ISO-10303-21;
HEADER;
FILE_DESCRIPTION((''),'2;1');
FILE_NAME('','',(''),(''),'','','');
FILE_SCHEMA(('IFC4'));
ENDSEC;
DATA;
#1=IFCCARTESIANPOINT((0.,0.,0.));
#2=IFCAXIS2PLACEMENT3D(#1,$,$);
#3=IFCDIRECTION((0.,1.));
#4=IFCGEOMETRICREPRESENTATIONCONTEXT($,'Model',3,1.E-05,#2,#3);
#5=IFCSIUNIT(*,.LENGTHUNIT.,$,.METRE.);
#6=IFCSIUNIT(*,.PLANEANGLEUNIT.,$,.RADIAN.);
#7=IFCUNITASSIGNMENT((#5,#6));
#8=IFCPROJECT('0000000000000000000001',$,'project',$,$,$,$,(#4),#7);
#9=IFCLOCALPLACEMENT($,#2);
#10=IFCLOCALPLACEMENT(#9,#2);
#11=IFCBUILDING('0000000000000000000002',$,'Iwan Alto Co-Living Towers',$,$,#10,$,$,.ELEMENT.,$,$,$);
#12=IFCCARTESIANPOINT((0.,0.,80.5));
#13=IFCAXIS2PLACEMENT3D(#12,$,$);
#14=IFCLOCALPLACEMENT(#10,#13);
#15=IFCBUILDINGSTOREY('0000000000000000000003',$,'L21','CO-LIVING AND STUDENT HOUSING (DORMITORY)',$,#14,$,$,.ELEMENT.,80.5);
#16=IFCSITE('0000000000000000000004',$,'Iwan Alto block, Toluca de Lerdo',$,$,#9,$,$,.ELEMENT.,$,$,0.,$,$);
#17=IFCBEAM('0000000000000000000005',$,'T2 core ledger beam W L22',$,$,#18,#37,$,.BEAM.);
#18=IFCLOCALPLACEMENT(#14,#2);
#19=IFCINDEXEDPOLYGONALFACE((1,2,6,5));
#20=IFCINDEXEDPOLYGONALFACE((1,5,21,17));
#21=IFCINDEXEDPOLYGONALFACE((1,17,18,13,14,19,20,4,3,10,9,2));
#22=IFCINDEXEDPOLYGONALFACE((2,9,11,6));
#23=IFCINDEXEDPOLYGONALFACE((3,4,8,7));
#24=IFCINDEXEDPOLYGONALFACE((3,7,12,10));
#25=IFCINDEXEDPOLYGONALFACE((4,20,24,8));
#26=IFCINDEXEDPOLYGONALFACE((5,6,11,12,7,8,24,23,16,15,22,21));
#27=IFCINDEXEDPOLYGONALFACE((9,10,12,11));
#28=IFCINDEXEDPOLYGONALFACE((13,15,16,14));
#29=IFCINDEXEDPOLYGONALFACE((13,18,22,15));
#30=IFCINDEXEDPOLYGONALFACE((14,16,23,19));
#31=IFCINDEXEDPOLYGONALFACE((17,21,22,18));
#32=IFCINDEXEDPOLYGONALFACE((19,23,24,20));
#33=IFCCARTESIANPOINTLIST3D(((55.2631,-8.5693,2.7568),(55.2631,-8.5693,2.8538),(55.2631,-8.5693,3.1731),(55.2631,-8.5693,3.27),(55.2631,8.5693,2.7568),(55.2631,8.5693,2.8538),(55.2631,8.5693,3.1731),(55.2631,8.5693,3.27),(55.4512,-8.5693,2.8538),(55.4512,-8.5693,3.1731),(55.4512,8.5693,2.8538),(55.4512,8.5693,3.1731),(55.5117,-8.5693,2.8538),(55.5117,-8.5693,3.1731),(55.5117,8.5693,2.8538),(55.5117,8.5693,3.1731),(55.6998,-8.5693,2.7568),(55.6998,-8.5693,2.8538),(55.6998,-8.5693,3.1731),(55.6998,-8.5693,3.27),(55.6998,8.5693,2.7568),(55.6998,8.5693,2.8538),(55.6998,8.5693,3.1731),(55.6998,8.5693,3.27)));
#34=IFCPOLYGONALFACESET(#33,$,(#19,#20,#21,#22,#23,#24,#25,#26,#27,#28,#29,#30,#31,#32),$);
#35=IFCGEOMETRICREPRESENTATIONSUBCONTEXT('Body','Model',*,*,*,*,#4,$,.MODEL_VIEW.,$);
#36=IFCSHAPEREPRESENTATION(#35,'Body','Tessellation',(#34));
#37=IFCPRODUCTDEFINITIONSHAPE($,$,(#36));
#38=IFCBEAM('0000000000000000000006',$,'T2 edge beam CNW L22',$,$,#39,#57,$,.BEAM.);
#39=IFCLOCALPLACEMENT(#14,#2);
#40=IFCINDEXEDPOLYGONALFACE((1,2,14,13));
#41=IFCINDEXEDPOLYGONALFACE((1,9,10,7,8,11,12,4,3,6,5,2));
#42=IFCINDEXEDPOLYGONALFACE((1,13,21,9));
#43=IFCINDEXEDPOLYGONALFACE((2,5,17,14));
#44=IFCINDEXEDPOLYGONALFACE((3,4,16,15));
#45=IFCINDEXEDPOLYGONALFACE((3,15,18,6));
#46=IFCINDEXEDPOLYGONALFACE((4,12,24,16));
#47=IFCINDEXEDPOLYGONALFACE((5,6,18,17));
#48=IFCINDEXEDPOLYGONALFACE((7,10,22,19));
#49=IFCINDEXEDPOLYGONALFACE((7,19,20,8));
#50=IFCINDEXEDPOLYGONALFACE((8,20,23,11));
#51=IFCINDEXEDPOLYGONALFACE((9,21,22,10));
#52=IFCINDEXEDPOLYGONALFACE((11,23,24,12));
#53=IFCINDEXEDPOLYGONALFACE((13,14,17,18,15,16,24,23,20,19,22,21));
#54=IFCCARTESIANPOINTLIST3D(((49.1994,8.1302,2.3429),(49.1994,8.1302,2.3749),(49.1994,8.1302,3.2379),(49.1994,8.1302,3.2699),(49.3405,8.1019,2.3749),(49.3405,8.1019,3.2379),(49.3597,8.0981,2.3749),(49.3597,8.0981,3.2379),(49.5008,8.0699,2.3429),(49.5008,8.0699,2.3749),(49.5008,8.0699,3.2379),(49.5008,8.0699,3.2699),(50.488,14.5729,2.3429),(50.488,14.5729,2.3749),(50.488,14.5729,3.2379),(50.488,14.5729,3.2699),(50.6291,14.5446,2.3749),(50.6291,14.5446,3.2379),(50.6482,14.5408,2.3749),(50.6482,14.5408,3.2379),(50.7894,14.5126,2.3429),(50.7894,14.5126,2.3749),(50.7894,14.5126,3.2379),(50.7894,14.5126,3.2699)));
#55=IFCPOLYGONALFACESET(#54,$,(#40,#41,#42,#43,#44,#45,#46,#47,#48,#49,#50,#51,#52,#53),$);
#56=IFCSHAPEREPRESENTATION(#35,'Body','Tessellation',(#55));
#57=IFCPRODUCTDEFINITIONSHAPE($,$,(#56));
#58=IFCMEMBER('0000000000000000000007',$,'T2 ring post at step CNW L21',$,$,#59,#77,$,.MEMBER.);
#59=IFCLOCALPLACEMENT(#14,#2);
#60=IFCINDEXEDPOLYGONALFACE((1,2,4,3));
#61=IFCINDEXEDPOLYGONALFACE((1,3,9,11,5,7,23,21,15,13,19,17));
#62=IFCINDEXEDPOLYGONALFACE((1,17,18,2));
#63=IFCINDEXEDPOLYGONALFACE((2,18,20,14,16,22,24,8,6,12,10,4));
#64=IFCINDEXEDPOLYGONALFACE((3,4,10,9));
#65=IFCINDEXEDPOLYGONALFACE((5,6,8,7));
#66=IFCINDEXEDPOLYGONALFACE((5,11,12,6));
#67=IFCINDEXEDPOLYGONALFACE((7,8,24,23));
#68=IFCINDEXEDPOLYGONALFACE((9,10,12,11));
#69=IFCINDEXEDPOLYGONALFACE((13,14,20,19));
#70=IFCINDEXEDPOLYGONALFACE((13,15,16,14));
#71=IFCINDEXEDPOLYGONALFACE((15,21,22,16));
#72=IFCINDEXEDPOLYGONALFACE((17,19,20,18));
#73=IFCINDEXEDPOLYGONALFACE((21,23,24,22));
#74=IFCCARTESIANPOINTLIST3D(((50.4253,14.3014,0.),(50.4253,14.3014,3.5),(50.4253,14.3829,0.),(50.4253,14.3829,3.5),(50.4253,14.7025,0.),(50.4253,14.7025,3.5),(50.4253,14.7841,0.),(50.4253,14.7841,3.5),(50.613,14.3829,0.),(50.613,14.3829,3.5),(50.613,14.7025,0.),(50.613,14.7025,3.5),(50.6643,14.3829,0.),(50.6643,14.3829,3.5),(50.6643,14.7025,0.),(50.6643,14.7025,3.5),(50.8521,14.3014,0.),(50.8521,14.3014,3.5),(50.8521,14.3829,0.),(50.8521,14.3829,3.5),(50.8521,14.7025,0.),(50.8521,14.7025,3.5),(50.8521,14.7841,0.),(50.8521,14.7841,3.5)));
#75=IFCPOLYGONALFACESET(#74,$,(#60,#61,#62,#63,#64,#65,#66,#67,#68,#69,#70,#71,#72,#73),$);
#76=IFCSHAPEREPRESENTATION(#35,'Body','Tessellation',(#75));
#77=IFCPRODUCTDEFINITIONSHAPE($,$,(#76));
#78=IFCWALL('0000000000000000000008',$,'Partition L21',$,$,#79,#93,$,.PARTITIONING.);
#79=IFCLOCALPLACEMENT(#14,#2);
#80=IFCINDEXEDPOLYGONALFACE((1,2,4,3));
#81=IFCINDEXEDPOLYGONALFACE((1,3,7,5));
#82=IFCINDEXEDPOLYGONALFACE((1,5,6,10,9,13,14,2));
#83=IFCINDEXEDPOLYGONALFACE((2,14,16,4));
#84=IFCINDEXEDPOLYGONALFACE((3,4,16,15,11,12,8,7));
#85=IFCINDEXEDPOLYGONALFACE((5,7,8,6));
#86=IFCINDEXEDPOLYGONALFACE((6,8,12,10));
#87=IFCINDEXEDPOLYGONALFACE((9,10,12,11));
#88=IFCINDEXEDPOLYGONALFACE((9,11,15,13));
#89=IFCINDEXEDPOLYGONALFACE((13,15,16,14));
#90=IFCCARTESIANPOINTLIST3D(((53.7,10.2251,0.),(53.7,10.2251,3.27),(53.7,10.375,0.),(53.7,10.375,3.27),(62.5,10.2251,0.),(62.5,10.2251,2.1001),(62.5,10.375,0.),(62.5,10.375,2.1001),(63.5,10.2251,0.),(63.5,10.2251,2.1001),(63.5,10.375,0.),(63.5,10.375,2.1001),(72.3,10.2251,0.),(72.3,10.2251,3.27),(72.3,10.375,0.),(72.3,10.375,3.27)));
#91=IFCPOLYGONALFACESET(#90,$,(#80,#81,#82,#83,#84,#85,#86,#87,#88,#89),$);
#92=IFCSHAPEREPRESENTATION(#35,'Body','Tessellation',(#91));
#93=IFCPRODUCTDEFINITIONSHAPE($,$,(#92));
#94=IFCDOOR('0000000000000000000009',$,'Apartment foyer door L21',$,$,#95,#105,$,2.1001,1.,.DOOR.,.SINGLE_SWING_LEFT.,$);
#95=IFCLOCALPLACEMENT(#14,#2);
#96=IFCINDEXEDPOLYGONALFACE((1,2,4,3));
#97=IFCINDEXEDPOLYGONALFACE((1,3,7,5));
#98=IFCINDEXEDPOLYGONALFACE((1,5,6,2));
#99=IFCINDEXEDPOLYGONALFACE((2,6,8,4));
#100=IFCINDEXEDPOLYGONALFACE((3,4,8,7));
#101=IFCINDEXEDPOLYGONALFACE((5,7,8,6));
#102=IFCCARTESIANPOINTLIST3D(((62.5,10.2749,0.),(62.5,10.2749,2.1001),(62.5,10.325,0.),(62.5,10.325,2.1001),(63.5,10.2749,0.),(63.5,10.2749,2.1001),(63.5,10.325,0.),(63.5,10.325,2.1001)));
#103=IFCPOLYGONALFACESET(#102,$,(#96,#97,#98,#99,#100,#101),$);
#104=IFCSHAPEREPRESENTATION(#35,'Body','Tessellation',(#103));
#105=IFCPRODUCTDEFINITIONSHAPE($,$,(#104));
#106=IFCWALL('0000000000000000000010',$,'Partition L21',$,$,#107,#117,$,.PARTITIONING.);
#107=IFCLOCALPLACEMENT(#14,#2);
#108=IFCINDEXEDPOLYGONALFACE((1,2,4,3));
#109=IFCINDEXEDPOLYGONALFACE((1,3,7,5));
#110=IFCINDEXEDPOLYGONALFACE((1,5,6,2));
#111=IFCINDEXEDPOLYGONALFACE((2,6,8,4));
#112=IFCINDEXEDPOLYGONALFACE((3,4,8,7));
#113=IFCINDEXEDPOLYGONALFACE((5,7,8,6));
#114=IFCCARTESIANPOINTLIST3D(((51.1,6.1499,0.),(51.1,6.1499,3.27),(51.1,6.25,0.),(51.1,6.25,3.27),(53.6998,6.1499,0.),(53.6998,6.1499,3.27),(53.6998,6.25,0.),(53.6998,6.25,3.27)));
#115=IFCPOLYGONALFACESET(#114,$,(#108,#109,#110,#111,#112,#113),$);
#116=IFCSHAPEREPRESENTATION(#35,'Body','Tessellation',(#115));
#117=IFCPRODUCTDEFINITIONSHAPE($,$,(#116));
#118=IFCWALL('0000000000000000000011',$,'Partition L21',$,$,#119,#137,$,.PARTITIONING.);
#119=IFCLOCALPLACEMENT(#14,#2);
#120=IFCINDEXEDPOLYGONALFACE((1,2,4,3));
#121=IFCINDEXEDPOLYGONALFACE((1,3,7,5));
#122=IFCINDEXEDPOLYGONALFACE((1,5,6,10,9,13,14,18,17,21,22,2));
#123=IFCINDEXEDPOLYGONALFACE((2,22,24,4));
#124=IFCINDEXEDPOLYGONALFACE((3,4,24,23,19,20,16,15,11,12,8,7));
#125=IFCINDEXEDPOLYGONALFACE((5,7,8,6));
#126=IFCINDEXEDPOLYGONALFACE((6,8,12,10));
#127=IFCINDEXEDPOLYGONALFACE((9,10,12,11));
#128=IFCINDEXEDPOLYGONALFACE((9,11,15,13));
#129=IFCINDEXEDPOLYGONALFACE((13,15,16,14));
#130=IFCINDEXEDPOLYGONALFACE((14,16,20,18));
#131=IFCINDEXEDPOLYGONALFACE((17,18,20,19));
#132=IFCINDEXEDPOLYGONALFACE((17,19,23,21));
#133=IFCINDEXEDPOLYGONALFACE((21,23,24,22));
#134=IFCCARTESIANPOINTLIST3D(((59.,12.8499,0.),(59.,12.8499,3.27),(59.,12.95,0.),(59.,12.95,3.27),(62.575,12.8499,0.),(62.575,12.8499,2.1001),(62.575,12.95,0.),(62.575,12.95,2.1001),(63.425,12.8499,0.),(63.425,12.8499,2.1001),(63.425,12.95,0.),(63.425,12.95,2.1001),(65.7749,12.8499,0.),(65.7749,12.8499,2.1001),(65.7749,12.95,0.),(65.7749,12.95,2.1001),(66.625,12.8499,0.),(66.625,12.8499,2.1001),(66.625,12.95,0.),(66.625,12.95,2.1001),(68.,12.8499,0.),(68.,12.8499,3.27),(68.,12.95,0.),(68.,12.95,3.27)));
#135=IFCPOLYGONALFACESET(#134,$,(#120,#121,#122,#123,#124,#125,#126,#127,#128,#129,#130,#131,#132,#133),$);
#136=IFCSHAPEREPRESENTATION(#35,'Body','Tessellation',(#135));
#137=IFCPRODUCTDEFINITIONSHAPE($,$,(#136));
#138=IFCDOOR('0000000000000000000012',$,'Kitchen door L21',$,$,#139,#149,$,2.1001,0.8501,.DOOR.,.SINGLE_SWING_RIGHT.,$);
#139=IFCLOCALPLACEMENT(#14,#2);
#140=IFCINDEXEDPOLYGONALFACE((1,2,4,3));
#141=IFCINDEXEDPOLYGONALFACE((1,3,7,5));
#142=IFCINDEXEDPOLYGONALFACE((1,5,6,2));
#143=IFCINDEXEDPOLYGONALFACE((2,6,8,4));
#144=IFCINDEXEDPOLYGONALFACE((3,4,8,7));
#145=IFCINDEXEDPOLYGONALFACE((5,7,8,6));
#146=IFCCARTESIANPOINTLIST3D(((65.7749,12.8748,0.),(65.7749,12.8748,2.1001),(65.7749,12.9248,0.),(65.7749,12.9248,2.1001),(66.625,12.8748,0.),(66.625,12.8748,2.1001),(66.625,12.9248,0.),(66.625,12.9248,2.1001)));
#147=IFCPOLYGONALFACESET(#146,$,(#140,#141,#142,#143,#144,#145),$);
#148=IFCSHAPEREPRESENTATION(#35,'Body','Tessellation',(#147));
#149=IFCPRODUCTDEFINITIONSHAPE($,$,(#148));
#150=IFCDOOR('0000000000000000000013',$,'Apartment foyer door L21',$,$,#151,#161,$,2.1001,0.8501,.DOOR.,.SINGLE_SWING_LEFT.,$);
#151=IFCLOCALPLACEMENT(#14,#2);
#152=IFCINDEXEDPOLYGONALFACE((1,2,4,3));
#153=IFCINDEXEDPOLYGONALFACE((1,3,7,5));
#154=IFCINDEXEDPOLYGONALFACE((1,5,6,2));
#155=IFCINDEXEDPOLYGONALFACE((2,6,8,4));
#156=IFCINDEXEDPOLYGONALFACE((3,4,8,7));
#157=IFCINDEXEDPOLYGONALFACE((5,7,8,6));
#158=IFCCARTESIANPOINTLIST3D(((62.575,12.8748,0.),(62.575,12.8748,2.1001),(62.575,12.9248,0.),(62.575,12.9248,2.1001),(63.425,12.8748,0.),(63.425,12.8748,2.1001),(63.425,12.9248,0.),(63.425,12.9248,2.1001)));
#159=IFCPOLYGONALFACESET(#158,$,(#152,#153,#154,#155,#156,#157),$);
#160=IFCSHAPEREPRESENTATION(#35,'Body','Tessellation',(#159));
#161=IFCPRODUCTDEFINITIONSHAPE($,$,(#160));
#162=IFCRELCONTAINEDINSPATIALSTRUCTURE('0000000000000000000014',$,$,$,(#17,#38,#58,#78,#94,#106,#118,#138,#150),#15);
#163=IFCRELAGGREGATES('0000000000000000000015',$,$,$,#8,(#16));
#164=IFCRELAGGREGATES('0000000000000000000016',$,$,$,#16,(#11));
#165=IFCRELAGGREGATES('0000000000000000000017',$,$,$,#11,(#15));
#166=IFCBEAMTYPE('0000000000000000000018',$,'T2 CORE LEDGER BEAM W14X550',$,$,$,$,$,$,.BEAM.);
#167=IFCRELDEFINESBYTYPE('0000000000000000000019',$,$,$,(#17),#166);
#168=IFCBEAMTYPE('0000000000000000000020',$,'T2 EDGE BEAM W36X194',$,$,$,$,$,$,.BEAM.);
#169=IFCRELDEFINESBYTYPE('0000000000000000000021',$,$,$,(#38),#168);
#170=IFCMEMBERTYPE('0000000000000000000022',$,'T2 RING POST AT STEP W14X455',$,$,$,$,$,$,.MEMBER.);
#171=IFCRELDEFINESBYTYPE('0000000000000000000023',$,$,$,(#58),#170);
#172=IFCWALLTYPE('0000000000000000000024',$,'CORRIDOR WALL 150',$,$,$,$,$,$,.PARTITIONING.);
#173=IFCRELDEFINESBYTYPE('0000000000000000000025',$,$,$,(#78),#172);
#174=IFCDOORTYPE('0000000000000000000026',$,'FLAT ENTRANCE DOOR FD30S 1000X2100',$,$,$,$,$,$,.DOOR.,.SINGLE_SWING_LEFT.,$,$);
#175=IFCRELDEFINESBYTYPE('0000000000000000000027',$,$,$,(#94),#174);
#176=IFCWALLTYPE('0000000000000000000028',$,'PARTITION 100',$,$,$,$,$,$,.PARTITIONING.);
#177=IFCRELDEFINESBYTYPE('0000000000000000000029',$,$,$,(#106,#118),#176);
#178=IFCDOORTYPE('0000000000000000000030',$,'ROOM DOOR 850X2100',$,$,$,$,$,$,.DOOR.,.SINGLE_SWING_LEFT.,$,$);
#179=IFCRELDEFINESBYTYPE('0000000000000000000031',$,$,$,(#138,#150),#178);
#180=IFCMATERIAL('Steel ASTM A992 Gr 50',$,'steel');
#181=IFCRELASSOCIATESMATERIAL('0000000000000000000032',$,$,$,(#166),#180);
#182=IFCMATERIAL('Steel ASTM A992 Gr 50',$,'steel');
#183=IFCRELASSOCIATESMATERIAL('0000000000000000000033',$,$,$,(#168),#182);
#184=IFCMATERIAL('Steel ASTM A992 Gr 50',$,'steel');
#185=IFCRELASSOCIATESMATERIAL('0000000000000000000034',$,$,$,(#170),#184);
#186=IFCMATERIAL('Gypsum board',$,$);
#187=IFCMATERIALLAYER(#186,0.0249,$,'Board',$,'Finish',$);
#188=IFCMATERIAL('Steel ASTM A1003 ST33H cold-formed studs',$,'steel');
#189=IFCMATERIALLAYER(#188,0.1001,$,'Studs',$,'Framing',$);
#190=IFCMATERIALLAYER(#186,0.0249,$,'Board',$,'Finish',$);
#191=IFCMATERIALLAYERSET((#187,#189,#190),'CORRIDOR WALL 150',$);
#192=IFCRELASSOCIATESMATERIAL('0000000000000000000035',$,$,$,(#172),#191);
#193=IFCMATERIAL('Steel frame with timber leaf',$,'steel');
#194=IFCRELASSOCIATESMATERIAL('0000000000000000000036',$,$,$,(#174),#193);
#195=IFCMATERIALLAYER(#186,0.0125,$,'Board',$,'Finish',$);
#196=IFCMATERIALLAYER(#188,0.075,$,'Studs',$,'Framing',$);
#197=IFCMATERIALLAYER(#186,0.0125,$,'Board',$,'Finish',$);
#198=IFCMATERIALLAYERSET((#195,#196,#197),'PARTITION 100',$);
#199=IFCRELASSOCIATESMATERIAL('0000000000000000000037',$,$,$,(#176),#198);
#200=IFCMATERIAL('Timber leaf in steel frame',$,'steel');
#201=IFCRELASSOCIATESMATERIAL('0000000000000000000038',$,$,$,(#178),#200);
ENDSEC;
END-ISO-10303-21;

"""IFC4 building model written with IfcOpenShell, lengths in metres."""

from ifc_helpers import new_model, si_unit, direction, frame, frame_2d, origin, origin_2d, place, context, subcontext, project, spatial, rectangle, i_section, extrude, material, layer, layer_set, material_profile, profile_set, type_object, element, fill, save


model = new_model("IFC4")

# Units and contexts
model_context = context("Model", 3, precision=1e-05, world=origin(), true_north=direction((0.0, 1.0)))
body_context = subcontext(model_context, "Body", "Model", "MODEL_VIEW")
ifc_project = project(units=[si_unit("LENGTHUNIT", "METRE"), si_unit("PLANEANGLEUNIT", "RADIAN")], contexts=[model_context])

# Site, building, storey
site_placement = place(None, origin())
site = spatial("IfcSite", under=ifc_project, at=site_placement, Name="Iwan Alto block, Toluca de Lerdo", CompositionType="ELEMENT", RefElevation=0.0)
building_placement = place(site_placement, origin())
building = spatial("IfcBuilding", under=site, at=building_placement, Name="Iwan Alto Co-Living Towers", CompositionType="ELEMENT")
storey_placement = place(building_placement, frame((0.0, 0.0, 80.5)))
storey = spatial("IfcBuildingStorey", under=building, at=storey_placement, Name="L21", Description="CO-LIVING AND STUDENT HOUSING (DORMITORY)", CompositionType="ELEMENT", Elevation=80.5)

# Beams
ifc_material_1 = material(Name="Steel ASTM A992 Gr 50", Category="steel")
ifc_material_profile_1 = material_profile(ifc_material_1, i_section(OverallWidth=0.4368, OverallDepth=0.5132, WebThickness=0.0605, FlangeThickness=0.0969, at=origin_2d()), Name="W14X550")
ifc_profile_set_1 = profile_set([ifc_material_profile_1], Name="Steel ASTM A992 Gr 50")
beam_type_1 = type_object("IfcBeamType", Name="T2 CORE LEDGER BEAM W14X550", PredefinedType="BEAM", material=ifc_profile_set_1)
beam_1_placement = place(storey_placement, frame((55.4814, 8.5693, 3.0134), z_axis=(0.0, -1.0, 0.0), x_axis=(1.0, 0.0, 0.0)))
element("IfcBeam", 1, at=beam_1_placement, inside=storey, type_object=beam_type_1, Name="T2 core ledger beam W L22", PredefinedType="BEAM", context=body_context, shape_type="SweptSolid", body=[
    extrude(i_section(OverallWidth=0.4368, OverallDepth=0.5132, WebThickness=0.0605, FlangeThickness=0.0969, at=origin_2d()), origin(), (0.0, 0.0, 1.0), 17.1387),
])
ifc_material_2 = material(Name="Steel ASTM A992 Gr 50", Category="steel")
ifc_material_profile_2 = material_profile(ifc_material_2, i_section(OverallWidth=0.3074, OverallDepth=0.927, WebThickness=0.0195, FlangeThickness=0.032, at=origin_2d()), Name="W36X194")
ifc_profile_set_2 = profile_set([ifc_material_profile_2], Name="Steel ASTM A992 Gr 50")
beam_type_2 = type_object("IfcBeamType", Name="T2 EDGE BEAM W36X194", PredefinedType="BEAM", material=ifc_profile_set_2)
beam_2_placement = place(storey_placement, frame((50.6387, 14.5427, 2.8064), z_axis=(-0.196123, -0.980579, 0.0), x_axis=(0.980579, -0.196123, 0.0)))
element("IfcBeam", 2, at=beam_2_placement, inside=storey, type_object=beam_type_2, Name="T2 edge beam CNW L22", PredefinedType="BEAM", context=body_context, shape_type="SweptSolid", body=[
    extrude(i_section(OverallWidth=0.3074, OverallDepth=0.927, WebThickness=0.0195, FlangeThickness=0.032, at=origin_2d()), origin(), (0.0, 0.0, 1.0), 6.5703),
])

# Member
ifc_material_3 = material(Name="Steel ASTM A992 Gr 50", Category="steel")
ifc_material_profile_3 = material_profile(ifc_material_3, i_section(OverallWidth=0.4268, OverallDepth=0.4827, WebThickness=0.0513, FlangeThickness=0.0815, at=origin_2d()), Name="W14X455")
ifc_profile_set_3 = profile_set([ifc_material_profile_3], Name="Steel ASTM A992 Gr 50")
member_type = type_object("IfcMemberType", Name="T2 RING POST AT STEP W14X455", PredefinedType="MEMBER", material=ifc_profile_set_3)
member_placement = place(storey_placement, frame((50.6387, 14.5427, 0.0), z_axis=(0.0, 0.0, 1.0), x_axis=(1.0, 0.0, 0.0)))
element("IfcMember", 3, at=member_placement, inside=storey, type_object=member_type, Name="T2 ring post at step CNW L21", PredefinedType="MEMBER", context=body_context, shape_type="SweptSolid", body=[
    extrude(i_section(OverallWidth=0.4268, OverallDepth=0.4827, WebThickness=0.0513, FlangeThickness=0.0815, at=origin_2d()), origin(), (0.0, 0.0, 1.0), 3.5),
])

# Wall, opening, door
ifc_material_4 = material(Name="Gypsum board")
ifc_layer_1 = layer(ifc_material_4, 0.0249, Name="Board", Category="Finish")
ifc_material_5 = material(Name="Steel ASTM A1003 ST33H cold-formed studs", Category="steel")
ifc_layer_2 = layer(ifc_material_5, 0.1001, Name="Studs", Category="Framing")
ifc_layer_3 = layer(ifc_material_4, 0.0249, Name="Board", Category="Finish")
ifc_layer_set_1 = layer_set([ifc_layer_1, ifc_layer_2, ifc_layer_3], Name="CORRIDOR WALL 150")
wall_type_1 = type_object("IfcWallType", Name="CORRIDOR WALL 150", PredefinedType="PARTITIONING", material=ifc_layer_set_1)
wall_1_placement = place(storey_placement, frame((53.7, 10.3, 0.0), z_axis=(0.0, 0.0, 1.0), x_axis=(1.0, 0.0, 0.0)))
wall_1 = element("IfcWall", 4, at=wall_1_placement, inside=storey, type_object=wall_type_1, Name="Partition L21", PredefinedType="PARTITIONING", context=body_context, shape_type="SweptSolid", body=[
    extrude(rectangle(XDim=18.6001, YDim=0.1499, at=frame_2d((9.3, 0.0))), origin(), (0.0, 0.0, 1.0), 3.27),
])
opening_1_placement = place(wall_1_placement, frame((8.8, 0.0, 0.0)))
opening_1 = element("IfcOpeningElement", 5, at=opening_1_placement, cuts=wall_1, PredefinedType="OPENING", context=body_context, shape_type="SweptSolid", body=[
    extrude(rectangle(XDim=1.0, YDim=2.1001, at=frame_2d((0.5, 1.05))), frame((0.0, 0.085, 0.0), z_axis=(0.0, -1.0, 0.0), x_axis=(1.0, 0.0, 0.0)), (0.0, 0.0, 1.0), 0.1699),
])
ifc_material_6 = material(Name="Steel frame with timber leaf", Category="steel")
door_type_1 = type_object("IfcDoorType", Name="FLAT ENTRANCE DOOR FD30S 1000X2100", OperationType="SINGLE_SWING_LEFT", PredefinedType="DOOR", material=ifc_material_6)
door_1_placement = place(opening_1_placement, origin())
door_1 = element("IfcDoor", 6, at=door_1_placement, inside=storey, type_object=door_type_1, Name="Apartment foyer door L21", OperationType="SINGLE_SWING_LEFT", OverallHeight=2.1001, OverallWidth=1.0, PredefinedType="DOOR", context=body_context, shape_type="SweptSolid", body=[
    extrude(rectangle(XDim=1.0, YDim=2.1001, at=frame_2d((0.5, 1.05))), frame((0.0, 0.0249, 0.0), z_axis=(0.0, -1.0, 0.0), x_axis=(1.0, 0.0, 0.0)), (0.0, 0.0, 1.0), 0.05),
])
fill(opening_1, door_1)

# Wall
ifc_layer_4 = layer(ifc_material_4, 0.0125, Name="Board", Category="Finish")
ifc_layer_5 = layer(ifc_material_5, 0.075, Name="Studs", Category="Framing")
ifc_layer_6 = layer(ifc_material_4, 0.0125, Name="Board", Category="Finish")
ifc_layer_set_2 = layer_set([ifc_layer_4, ifc_layer_5, ifc_layer_6], Name="PARTITION 100")
wall_type_2 = type_object("IfcWallType", Name="PARTITION 100", PredefinedType="PARTITIONING", material=ifc_layer_set_2)
wall_2_placement = place(storey_placement, frame((51.1001, 6.2, 0.0), z_axis=(0.0, 0.0, 1.0), x_axis=(1.0, 0.0, 0.0)))
element("IfcWall", 7, at=wall_2_placement, inside=storey, type_object=wall_type_2, Name="Partition L21", PredefinedType="PARTITIONING", context=body_context, shape_type="SweptSolid", body=[
    extrude(rectangle(XDim=2.5999, YDim=0.1001, at=frame_2d((1.2998, 0.0))), origin(), (0.0, 0.0, 1.0), 3.27),
])

# Wall, openings, doors
wall_3_placement = place(storey_placement, frame((59.0, 12.8999, 0.0), z_axis=(0.0, 0.0, 1.0), x_axis=(1.0, 0.0, 0.0)))
wall_3 = element("IfcWall", 8, at=wall_3_placement, inside=storey, type_object=wall_type_2, Name="Partition L21", PredefinedType="PARTITIONING", context=body_context, shape_type="SweptSolid", body=[
    extrude(rectangle(XDim=9.0, YDim=0.1001, at=frame_2d((4.5, 0.0))), origin(), (0.0, 0.0, 1.0), 3.27),
])
opening_2_placement = place(wall_3_placement, frame((6.7749, 0.0, 0.0)))
opening_2 = element("IfcOpeningElement", 9, at=opening_2_placement, cuts=wall_3, PredefinedType="OPENING", context=body_context, shape_type="SweptSolid", body=[
    extrude(rectangle(XDim=0.8501, YDim=2.1001, at=frame_2d((0.425, 1.05))), frame((0.0, 0.0601, 0.0), z_axis=(0.0, -1.0, 0.0), x_axis=(1.0, 0.0, 0.0)), (0.0, 0.0, 1.0), 0.1201),
])
opening_3_placement = place(wall_3_placement, frame((3.575, 0.0, 0.0)))
opening_3 = element("IfcOpeningElement", 10, at=opening_3_placement, cuts=wall_3, PredefinedType="OPENING", context=body_context, shape_type="SweptSolid", body=[
    extrude(rectangle(XDim=0.8501, YDim=2.1001, at=frame_2d((0.425, 1.05))), frame((0.0, 0.0601, 0.0), z_axis=(0.0, -1.0, 0.0), x_axis=(1.0, 0.0, 0.0)), (0.0, 0.0, 1.0), 0.1201),
])
ifc_material_7 = material(Name="Timber leaf in steel frame", Category="steel")
door_type_2 = type_object("IfcDoorType", Name="ROOM DOOR 850X2100", OperationType="SINGLE_SWING_LEFT", PredefinedType="DOOR", material=ifc_material_7)
door_2_placement = place(opening_2_placement, origin())
door_2 = element("IfcDoor", 11, at=door_2_placement, inside=storey, type_object=door_type_2, Name="Kitchen door L21", OperationType="SINGLE_SWING_RIGHT", OverallHeight=2.1001, OverallWidth=0.8501, PredefinedType="DOOR", context=body_context, shape_type="SweptSolid", body=[
    extrude(rectangle(XDim=0.8501, YDim=2.1001, at=frame_2d((0.425, 1.05))), frame((0.0, 0.0249, 0.0), z_axis=(0.0, -1.0, 0.0), x_axis=(1.0, 0.0, 0.0)), (0.0, 0.0, 1.0), 0.05),
])
fill(opening_2, door_2)
door_3_placement = place(opening_3_placement, origin())
door_3 = element("IfcDoor", 12, at=door_3_placement, inside=storey, type_object=door_type_2, Name="Apartment foyer door L21", OperationType="SINGLE_SWING_LEFT", OverallHeight=2.1001, OverallWidth=0.8501, PredefinedType="DOOR", context=body_context, shape_type="SweptSolid", body=[
    extrude(rectangle(XDim=0.8501, YDim=2.1001, at=frame_2d((0.425, 1.05))), frame((0.0, 0.0249, 0.0), z_axis=(0.0, -1.0, 0.0), x_axis=(1.0, 0.0, 0.0)), (0.0, 0.0, 1.0), 0.05),
])
fill(opening_3, door_3)

save(model, "model.ifc")
